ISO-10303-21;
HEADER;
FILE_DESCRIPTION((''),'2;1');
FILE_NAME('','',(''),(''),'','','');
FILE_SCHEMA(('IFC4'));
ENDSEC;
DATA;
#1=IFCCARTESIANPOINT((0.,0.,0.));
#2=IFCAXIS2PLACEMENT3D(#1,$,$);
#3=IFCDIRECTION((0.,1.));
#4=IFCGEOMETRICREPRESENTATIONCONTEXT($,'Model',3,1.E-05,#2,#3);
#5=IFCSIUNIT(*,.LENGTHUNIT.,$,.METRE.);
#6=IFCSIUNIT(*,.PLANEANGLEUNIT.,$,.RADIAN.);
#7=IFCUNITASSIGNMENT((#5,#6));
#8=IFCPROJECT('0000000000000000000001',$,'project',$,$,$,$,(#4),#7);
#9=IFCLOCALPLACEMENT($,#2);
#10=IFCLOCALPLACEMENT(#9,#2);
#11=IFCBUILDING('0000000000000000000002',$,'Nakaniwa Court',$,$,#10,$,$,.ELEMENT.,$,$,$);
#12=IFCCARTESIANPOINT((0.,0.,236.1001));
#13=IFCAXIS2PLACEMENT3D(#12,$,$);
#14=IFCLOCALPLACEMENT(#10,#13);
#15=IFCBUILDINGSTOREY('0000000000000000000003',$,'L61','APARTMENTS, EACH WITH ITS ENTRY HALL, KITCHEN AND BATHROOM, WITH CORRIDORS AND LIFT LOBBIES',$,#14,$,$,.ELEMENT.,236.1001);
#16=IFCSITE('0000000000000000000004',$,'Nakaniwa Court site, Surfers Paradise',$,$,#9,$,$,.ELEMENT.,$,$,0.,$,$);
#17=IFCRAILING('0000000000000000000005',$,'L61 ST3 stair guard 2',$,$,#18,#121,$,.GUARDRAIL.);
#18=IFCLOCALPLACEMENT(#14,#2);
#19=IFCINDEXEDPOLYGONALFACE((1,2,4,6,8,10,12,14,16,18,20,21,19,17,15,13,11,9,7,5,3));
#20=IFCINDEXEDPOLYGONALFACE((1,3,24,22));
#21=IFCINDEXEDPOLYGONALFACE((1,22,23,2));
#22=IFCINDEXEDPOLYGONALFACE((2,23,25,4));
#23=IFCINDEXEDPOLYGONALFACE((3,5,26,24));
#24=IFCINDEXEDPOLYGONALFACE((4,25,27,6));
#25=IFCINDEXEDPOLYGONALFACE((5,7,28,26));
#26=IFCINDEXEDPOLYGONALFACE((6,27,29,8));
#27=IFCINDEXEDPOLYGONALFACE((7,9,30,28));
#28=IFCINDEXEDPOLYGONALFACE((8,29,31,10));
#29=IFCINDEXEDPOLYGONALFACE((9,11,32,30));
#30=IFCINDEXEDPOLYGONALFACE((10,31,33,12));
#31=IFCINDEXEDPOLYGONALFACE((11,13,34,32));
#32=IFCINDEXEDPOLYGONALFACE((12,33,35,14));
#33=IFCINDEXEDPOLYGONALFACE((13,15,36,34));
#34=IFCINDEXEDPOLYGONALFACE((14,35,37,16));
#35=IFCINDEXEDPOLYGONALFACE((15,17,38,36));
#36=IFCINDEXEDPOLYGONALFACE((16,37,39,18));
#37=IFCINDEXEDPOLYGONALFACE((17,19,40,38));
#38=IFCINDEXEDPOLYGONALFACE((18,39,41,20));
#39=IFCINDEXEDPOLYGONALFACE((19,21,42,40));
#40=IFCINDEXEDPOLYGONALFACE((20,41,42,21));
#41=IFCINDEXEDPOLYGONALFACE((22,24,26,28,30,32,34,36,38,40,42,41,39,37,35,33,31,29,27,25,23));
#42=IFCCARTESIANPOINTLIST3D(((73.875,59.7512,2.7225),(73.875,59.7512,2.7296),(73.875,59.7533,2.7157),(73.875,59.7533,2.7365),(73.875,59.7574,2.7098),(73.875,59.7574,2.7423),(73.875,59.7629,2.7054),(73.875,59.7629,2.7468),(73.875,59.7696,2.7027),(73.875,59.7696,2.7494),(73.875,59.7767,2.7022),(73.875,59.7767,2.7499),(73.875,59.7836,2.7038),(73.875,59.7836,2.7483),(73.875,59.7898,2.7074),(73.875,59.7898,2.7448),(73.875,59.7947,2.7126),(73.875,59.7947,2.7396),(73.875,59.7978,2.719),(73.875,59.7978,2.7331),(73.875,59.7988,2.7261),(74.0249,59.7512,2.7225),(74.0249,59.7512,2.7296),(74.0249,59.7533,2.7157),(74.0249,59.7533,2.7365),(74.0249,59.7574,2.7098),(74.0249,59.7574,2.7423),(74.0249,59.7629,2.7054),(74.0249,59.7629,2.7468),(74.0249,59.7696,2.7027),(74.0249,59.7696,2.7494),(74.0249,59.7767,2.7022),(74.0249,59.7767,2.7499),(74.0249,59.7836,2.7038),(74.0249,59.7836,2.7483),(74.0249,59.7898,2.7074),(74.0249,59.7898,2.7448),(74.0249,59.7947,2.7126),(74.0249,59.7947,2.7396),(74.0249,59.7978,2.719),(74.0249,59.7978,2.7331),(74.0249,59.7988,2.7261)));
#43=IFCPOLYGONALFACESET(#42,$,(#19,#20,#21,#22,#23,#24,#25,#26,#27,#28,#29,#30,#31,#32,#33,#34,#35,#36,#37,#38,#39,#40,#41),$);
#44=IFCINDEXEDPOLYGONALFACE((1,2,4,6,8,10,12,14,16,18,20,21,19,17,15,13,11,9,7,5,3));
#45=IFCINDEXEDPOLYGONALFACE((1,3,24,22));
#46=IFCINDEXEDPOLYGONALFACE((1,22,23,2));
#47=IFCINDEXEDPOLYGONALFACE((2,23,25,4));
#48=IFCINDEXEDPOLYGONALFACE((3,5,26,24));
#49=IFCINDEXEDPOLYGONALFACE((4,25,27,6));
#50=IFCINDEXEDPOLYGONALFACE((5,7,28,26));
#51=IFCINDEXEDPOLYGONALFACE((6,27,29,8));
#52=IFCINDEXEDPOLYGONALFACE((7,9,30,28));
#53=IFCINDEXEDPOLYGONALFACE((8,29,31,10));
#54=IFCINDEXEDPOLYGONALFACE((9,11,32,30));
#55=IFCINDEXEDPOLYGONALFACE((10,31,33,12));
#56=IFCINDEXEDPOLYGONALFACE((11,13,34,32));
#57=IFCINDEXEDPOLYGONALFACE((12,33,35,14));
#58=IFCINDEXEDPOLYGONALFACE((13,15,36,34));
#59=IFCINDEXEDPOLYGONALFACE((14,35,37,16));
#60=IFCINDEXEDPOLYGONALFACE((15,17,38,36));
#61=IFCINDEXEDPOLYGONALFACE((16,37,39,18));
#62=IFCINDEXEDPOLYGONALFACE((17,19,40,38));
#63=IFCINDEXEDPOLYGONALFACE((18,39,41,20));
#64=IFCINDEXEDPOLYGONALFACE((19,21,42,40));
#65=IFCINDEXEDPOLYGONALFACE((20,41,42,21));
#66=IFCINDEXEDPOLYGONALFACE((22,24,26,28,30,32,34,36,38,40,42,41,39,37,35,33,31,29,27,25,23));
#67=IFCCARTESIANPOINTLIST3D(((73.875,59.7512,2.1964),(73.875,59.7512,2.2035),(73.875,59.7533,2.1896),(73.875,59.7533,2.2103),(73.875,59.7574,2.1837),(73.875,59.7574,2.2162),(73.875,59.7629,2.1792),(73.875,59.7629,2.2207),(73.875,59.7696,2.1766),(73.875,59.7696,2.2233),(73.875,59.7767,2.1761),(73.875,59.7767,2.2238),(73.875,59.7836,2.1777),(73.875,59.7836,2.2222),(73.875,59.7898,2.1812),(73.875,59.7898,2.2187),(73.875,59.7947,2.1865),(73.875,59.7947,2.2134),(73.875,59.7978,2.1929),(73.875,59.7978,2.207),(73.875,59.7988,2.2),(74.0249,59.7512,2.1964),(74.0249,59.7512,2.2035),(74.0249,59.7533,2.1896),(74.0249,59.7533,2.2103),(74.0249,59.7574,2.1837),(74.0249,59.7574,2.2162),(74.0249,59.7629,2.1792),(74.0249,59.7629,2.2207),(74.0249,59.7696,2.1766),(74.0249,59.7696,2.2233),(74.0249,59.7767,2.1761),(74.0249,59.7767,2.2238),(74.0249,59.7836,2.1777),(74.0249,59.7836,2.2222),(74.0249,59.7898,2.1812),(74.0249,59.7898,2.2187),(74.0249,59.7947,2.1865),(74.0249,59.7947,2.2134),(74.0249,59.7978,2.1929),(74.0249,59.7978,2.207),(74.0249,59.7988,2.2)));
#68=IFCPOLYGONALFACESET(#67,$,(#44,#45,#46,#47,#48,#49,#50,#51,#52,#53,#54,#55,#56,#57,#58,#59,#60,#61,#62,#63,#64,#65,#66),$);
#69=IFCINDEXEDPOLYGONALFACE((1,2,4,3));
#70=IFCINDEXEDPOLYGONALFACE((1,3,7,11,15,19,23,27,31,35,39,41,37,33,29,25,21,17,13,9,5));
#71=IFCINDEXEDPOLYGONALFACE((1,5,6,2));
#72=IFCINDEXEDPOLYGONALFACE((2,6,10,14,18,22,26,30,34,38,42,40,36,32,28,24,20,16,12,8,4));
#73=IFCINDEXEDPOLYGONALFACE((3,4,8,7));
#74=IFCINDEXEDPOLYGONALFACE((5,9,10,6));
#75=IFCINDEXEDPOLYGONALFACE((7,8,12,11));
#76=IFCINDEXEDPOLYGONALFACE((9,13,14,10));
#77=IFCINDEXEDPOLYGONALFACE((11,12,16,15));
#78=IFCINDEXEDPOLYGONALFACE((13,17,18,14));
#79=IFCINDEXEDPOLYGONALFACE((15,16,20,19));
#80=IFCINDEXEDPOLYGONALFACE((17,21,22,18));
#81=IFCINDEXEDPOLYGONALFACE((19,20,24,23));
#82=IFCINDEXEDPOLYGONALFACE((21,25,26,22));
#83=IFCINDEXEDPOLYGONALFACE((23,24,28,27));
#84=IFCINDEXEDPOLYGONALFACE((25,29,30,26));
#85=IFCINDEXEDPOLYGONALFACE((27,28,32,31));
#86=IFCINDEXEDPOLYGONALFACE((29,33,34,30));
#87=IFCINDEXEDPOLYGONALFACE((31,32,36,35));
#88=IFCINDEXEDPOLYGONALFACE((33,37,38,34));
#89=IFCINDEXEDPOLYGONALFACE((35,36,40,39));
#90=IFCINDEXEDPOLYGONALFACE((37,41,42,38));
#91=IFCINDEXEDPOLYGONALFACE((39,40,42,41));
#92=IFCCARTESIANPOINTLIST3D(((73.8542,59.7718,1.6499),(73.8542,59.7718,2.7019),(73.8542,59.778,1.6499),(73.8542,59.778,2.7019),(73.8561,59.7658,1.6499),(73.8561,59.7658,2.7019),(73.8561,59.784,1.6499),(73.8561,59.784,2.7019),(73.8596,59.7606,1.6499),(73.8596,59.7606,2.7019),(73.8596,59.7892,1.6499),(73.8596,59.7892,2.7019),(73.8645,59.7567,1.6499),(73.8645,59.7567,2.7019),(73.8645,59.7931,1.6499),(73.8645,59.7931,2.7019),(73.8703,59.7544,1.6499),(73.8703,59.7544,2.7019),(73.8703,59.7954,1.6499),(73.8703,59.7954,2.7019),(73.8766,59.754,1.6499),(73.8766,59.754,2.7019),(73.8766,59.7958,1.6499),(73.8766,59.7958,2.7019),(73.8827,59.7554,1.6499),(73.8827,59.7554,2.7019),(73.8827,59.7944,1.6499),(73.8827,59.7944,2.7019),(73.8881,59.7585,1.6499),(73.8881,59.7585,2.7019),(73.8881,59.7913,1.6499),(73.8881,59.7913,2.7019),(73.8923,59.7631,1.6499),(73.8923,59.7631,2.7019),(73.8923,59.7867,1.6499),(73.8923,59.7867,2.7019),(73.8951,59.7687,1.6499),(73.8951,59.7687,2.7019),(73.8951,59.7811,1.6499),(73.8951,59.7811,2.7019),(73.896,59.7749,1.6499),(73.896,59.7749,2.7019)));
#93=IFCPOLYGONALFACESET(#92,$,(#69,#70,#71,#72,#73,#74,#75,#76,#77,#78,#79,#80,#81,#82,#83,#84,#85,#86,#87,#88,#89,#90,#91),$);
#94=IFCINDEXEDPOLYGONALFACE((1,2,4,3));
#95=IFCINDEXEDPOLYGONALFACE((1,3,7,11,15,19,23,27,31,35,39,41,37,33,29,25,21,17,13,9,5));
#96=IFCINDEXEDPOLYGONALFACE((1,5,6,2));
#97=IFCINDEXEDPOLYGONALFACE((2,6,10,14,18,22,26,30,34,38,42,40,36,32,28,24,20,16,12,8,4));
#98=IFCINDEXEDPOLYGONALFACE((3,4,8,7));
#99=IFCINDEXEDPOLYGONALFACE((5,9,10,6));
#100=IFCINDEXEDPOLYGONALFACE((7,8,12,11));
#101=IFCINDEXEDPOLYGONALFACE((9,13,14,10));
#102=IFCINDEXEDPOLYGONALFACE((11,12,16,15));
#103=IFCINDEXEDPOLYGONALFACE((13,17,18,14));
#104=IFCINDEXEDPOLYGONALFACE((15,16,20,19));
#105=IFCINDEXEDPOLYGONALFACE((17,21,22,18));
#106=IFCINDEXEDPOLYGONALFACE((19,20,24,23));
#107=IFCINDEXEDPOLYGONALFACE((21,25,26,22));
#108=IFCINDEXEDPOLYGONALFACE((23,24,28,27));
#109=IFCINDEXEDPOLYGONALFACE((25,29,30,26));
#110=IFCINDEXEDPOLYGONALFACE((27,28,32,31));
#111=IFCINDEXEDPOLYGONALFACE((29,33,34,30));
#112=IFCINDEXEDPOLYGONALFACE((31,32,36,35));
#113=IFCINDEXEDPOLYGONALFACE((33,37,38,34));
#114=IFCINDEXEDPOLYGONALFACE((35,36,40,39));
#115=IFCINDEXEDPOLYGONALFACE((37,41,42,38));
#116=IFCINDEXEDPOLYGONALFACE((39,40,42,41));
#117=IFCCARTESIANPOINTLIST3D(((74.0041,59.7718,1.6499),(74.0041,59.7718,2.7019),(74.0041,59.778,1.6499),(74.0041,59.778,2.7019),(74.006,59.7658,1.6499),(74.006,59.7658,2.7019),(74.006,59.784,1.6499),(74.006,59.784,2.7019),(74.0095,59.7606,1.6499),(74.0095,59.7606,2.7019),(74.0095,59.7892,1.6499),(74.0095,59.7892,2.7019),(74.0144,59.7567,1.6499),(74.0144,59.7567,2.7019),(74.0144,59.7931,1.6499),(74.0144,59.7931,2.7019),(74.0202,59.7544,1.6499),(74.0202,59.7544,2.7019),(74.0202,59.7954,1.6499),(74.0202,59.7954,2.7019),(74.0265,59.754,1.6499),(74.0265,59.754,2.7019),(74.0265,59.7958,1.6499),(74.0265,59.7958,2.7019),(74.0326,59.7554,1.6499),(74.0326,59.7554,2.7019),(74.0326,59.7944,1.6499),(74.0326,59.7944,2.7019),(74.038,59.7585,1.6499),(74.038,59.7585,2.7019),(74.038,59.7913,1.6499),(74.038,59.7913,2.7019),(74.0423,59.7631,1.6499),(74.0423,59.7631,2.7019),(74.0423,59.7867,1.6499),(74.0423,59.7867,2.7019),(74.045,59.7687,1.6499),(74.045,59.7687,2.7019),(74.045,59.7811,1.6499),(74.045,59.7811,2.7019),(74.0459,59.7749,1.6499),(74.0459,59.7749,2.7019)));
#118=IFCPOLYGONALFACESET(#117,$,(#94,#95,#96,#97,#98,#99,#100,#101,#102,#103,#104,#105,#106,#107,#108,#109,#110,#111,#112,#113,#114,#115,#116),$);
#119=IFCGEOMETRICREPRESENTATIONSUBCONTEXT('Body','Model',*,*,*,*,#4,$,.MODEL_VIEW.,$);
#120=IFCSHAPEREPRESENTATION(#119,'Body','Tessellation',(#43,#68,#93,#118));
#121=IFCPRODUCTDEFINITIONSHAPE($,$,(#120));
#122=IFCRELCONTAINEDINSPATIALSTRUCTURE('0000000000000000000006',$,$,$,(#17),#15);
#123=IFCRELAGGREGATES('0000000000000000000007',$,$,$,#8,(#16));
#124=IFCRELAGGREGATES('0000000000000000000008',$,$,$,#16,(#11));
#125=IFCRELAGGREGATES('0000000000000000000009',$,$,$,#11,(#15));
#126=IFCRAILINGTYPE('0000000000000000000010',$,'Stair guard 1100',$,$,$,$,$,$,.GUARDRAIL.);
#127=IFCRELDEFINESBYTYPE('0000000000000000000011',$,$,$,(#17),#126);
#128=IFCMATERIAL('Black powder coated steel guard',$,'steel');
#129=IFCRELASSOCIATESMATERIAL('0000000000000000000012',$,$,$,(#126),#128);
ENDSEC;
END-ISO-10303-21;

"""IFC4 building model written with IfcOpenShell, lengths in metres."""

from ifc_helpers import new_model, si_unit, direction, frame, origin, origin_2d, place, context, subcontext, project, spatial, circle, extrude, material, type_object, element, save


model = new_model("IFC4")

# Units and contexts
model_context = context("Model", 3, precision=1e-05, world=origin(), true_north=direction((0.0, 1.0)))
body_context = subcontext(model_context, "Body", "Model", "MODEL_VIEW")
ifc_project = project(units=[si_unit("LENGTHUNIT", "METRE"), si_unit("PLANEANGLEUNIT", "RADIAN")], contexts=[model_context])

# Site, building, storey
site_placement = place(None, origin())
site = spatial("IfcSite", under=ifc_project, at=site_placement, Name="Nakaniwa Court site, Surfers Paradise", CompositionType="ELEMENT", RefElevation=0.0)
building_placement = place(site_placement, origin())
building = spatial("IfcBuilding", under=site, at=building_placement, Name="Nakaniwa Court", CompositionType="ELEMENT")
storey_placement = place(building_placement, frame((0.0, 0.0, 236.1001)))
storey = spatial("IfcBuildingStorey", under=building, at=storey_placement, Name="L61", Description="APARTMENTS, EACH WITH ITS ENTRY HALL, KITCHEN AND BATHROOM, WITH CORRIDORS AND LIFT LOBBIES", CompositionType="ELEMENT", Elevation=236.1001)

# Railing
ifc_material_1 = material(Name="Black powder coated steel guard", Category="steel")
railing_type_1 = type_object("IfcRailingType", Name="Stair guard 1100", PredefinedType="GUARDRAIL", material=ifc_material_1)
railing_1_placement = place(storey_placement, frame((73.875, 59.7749, 1.6499)))
element("IfcRailing", 1, at=railing_1_placement, inside=storey, type_object=railing_type_1, Name="L61 ST3 stair guard 2", PredefinedType="GUARDRAIL", context=body_context, shape_type="SweptSolid", body=[
    extrude(circle(Radius=0.0239, at=origin_2d()), frame((0.0, 0.0, 1.0762), z_axis=(1.0, 0.0, 0.0), x_axis=(0.0, 1.0, 0.0)), (0.0, 0.0, 1.0), 0.1499),
    extrude(circle(Radius=0.0239, at=origin_2d()), frame((0.0, 0.0, 0.55), z_axis=(1.0, 0.0, 0.0), x_axis=(0.0, 1.0, 0.0)), (0.0, 0.0, 1.0), 0.1499),
    extrude(circle(Radius=0.021, at=origin_2d()), origin(), (0.0, 0.0, 1.0), 1.052),
    extrude(circle(Radius=0.021, at=origin_2d()), frame((0.1499, 0.0, 0.0)), (0.0, 0.0, 1.0), 1.052),
])

save(model, "model.ifc")
